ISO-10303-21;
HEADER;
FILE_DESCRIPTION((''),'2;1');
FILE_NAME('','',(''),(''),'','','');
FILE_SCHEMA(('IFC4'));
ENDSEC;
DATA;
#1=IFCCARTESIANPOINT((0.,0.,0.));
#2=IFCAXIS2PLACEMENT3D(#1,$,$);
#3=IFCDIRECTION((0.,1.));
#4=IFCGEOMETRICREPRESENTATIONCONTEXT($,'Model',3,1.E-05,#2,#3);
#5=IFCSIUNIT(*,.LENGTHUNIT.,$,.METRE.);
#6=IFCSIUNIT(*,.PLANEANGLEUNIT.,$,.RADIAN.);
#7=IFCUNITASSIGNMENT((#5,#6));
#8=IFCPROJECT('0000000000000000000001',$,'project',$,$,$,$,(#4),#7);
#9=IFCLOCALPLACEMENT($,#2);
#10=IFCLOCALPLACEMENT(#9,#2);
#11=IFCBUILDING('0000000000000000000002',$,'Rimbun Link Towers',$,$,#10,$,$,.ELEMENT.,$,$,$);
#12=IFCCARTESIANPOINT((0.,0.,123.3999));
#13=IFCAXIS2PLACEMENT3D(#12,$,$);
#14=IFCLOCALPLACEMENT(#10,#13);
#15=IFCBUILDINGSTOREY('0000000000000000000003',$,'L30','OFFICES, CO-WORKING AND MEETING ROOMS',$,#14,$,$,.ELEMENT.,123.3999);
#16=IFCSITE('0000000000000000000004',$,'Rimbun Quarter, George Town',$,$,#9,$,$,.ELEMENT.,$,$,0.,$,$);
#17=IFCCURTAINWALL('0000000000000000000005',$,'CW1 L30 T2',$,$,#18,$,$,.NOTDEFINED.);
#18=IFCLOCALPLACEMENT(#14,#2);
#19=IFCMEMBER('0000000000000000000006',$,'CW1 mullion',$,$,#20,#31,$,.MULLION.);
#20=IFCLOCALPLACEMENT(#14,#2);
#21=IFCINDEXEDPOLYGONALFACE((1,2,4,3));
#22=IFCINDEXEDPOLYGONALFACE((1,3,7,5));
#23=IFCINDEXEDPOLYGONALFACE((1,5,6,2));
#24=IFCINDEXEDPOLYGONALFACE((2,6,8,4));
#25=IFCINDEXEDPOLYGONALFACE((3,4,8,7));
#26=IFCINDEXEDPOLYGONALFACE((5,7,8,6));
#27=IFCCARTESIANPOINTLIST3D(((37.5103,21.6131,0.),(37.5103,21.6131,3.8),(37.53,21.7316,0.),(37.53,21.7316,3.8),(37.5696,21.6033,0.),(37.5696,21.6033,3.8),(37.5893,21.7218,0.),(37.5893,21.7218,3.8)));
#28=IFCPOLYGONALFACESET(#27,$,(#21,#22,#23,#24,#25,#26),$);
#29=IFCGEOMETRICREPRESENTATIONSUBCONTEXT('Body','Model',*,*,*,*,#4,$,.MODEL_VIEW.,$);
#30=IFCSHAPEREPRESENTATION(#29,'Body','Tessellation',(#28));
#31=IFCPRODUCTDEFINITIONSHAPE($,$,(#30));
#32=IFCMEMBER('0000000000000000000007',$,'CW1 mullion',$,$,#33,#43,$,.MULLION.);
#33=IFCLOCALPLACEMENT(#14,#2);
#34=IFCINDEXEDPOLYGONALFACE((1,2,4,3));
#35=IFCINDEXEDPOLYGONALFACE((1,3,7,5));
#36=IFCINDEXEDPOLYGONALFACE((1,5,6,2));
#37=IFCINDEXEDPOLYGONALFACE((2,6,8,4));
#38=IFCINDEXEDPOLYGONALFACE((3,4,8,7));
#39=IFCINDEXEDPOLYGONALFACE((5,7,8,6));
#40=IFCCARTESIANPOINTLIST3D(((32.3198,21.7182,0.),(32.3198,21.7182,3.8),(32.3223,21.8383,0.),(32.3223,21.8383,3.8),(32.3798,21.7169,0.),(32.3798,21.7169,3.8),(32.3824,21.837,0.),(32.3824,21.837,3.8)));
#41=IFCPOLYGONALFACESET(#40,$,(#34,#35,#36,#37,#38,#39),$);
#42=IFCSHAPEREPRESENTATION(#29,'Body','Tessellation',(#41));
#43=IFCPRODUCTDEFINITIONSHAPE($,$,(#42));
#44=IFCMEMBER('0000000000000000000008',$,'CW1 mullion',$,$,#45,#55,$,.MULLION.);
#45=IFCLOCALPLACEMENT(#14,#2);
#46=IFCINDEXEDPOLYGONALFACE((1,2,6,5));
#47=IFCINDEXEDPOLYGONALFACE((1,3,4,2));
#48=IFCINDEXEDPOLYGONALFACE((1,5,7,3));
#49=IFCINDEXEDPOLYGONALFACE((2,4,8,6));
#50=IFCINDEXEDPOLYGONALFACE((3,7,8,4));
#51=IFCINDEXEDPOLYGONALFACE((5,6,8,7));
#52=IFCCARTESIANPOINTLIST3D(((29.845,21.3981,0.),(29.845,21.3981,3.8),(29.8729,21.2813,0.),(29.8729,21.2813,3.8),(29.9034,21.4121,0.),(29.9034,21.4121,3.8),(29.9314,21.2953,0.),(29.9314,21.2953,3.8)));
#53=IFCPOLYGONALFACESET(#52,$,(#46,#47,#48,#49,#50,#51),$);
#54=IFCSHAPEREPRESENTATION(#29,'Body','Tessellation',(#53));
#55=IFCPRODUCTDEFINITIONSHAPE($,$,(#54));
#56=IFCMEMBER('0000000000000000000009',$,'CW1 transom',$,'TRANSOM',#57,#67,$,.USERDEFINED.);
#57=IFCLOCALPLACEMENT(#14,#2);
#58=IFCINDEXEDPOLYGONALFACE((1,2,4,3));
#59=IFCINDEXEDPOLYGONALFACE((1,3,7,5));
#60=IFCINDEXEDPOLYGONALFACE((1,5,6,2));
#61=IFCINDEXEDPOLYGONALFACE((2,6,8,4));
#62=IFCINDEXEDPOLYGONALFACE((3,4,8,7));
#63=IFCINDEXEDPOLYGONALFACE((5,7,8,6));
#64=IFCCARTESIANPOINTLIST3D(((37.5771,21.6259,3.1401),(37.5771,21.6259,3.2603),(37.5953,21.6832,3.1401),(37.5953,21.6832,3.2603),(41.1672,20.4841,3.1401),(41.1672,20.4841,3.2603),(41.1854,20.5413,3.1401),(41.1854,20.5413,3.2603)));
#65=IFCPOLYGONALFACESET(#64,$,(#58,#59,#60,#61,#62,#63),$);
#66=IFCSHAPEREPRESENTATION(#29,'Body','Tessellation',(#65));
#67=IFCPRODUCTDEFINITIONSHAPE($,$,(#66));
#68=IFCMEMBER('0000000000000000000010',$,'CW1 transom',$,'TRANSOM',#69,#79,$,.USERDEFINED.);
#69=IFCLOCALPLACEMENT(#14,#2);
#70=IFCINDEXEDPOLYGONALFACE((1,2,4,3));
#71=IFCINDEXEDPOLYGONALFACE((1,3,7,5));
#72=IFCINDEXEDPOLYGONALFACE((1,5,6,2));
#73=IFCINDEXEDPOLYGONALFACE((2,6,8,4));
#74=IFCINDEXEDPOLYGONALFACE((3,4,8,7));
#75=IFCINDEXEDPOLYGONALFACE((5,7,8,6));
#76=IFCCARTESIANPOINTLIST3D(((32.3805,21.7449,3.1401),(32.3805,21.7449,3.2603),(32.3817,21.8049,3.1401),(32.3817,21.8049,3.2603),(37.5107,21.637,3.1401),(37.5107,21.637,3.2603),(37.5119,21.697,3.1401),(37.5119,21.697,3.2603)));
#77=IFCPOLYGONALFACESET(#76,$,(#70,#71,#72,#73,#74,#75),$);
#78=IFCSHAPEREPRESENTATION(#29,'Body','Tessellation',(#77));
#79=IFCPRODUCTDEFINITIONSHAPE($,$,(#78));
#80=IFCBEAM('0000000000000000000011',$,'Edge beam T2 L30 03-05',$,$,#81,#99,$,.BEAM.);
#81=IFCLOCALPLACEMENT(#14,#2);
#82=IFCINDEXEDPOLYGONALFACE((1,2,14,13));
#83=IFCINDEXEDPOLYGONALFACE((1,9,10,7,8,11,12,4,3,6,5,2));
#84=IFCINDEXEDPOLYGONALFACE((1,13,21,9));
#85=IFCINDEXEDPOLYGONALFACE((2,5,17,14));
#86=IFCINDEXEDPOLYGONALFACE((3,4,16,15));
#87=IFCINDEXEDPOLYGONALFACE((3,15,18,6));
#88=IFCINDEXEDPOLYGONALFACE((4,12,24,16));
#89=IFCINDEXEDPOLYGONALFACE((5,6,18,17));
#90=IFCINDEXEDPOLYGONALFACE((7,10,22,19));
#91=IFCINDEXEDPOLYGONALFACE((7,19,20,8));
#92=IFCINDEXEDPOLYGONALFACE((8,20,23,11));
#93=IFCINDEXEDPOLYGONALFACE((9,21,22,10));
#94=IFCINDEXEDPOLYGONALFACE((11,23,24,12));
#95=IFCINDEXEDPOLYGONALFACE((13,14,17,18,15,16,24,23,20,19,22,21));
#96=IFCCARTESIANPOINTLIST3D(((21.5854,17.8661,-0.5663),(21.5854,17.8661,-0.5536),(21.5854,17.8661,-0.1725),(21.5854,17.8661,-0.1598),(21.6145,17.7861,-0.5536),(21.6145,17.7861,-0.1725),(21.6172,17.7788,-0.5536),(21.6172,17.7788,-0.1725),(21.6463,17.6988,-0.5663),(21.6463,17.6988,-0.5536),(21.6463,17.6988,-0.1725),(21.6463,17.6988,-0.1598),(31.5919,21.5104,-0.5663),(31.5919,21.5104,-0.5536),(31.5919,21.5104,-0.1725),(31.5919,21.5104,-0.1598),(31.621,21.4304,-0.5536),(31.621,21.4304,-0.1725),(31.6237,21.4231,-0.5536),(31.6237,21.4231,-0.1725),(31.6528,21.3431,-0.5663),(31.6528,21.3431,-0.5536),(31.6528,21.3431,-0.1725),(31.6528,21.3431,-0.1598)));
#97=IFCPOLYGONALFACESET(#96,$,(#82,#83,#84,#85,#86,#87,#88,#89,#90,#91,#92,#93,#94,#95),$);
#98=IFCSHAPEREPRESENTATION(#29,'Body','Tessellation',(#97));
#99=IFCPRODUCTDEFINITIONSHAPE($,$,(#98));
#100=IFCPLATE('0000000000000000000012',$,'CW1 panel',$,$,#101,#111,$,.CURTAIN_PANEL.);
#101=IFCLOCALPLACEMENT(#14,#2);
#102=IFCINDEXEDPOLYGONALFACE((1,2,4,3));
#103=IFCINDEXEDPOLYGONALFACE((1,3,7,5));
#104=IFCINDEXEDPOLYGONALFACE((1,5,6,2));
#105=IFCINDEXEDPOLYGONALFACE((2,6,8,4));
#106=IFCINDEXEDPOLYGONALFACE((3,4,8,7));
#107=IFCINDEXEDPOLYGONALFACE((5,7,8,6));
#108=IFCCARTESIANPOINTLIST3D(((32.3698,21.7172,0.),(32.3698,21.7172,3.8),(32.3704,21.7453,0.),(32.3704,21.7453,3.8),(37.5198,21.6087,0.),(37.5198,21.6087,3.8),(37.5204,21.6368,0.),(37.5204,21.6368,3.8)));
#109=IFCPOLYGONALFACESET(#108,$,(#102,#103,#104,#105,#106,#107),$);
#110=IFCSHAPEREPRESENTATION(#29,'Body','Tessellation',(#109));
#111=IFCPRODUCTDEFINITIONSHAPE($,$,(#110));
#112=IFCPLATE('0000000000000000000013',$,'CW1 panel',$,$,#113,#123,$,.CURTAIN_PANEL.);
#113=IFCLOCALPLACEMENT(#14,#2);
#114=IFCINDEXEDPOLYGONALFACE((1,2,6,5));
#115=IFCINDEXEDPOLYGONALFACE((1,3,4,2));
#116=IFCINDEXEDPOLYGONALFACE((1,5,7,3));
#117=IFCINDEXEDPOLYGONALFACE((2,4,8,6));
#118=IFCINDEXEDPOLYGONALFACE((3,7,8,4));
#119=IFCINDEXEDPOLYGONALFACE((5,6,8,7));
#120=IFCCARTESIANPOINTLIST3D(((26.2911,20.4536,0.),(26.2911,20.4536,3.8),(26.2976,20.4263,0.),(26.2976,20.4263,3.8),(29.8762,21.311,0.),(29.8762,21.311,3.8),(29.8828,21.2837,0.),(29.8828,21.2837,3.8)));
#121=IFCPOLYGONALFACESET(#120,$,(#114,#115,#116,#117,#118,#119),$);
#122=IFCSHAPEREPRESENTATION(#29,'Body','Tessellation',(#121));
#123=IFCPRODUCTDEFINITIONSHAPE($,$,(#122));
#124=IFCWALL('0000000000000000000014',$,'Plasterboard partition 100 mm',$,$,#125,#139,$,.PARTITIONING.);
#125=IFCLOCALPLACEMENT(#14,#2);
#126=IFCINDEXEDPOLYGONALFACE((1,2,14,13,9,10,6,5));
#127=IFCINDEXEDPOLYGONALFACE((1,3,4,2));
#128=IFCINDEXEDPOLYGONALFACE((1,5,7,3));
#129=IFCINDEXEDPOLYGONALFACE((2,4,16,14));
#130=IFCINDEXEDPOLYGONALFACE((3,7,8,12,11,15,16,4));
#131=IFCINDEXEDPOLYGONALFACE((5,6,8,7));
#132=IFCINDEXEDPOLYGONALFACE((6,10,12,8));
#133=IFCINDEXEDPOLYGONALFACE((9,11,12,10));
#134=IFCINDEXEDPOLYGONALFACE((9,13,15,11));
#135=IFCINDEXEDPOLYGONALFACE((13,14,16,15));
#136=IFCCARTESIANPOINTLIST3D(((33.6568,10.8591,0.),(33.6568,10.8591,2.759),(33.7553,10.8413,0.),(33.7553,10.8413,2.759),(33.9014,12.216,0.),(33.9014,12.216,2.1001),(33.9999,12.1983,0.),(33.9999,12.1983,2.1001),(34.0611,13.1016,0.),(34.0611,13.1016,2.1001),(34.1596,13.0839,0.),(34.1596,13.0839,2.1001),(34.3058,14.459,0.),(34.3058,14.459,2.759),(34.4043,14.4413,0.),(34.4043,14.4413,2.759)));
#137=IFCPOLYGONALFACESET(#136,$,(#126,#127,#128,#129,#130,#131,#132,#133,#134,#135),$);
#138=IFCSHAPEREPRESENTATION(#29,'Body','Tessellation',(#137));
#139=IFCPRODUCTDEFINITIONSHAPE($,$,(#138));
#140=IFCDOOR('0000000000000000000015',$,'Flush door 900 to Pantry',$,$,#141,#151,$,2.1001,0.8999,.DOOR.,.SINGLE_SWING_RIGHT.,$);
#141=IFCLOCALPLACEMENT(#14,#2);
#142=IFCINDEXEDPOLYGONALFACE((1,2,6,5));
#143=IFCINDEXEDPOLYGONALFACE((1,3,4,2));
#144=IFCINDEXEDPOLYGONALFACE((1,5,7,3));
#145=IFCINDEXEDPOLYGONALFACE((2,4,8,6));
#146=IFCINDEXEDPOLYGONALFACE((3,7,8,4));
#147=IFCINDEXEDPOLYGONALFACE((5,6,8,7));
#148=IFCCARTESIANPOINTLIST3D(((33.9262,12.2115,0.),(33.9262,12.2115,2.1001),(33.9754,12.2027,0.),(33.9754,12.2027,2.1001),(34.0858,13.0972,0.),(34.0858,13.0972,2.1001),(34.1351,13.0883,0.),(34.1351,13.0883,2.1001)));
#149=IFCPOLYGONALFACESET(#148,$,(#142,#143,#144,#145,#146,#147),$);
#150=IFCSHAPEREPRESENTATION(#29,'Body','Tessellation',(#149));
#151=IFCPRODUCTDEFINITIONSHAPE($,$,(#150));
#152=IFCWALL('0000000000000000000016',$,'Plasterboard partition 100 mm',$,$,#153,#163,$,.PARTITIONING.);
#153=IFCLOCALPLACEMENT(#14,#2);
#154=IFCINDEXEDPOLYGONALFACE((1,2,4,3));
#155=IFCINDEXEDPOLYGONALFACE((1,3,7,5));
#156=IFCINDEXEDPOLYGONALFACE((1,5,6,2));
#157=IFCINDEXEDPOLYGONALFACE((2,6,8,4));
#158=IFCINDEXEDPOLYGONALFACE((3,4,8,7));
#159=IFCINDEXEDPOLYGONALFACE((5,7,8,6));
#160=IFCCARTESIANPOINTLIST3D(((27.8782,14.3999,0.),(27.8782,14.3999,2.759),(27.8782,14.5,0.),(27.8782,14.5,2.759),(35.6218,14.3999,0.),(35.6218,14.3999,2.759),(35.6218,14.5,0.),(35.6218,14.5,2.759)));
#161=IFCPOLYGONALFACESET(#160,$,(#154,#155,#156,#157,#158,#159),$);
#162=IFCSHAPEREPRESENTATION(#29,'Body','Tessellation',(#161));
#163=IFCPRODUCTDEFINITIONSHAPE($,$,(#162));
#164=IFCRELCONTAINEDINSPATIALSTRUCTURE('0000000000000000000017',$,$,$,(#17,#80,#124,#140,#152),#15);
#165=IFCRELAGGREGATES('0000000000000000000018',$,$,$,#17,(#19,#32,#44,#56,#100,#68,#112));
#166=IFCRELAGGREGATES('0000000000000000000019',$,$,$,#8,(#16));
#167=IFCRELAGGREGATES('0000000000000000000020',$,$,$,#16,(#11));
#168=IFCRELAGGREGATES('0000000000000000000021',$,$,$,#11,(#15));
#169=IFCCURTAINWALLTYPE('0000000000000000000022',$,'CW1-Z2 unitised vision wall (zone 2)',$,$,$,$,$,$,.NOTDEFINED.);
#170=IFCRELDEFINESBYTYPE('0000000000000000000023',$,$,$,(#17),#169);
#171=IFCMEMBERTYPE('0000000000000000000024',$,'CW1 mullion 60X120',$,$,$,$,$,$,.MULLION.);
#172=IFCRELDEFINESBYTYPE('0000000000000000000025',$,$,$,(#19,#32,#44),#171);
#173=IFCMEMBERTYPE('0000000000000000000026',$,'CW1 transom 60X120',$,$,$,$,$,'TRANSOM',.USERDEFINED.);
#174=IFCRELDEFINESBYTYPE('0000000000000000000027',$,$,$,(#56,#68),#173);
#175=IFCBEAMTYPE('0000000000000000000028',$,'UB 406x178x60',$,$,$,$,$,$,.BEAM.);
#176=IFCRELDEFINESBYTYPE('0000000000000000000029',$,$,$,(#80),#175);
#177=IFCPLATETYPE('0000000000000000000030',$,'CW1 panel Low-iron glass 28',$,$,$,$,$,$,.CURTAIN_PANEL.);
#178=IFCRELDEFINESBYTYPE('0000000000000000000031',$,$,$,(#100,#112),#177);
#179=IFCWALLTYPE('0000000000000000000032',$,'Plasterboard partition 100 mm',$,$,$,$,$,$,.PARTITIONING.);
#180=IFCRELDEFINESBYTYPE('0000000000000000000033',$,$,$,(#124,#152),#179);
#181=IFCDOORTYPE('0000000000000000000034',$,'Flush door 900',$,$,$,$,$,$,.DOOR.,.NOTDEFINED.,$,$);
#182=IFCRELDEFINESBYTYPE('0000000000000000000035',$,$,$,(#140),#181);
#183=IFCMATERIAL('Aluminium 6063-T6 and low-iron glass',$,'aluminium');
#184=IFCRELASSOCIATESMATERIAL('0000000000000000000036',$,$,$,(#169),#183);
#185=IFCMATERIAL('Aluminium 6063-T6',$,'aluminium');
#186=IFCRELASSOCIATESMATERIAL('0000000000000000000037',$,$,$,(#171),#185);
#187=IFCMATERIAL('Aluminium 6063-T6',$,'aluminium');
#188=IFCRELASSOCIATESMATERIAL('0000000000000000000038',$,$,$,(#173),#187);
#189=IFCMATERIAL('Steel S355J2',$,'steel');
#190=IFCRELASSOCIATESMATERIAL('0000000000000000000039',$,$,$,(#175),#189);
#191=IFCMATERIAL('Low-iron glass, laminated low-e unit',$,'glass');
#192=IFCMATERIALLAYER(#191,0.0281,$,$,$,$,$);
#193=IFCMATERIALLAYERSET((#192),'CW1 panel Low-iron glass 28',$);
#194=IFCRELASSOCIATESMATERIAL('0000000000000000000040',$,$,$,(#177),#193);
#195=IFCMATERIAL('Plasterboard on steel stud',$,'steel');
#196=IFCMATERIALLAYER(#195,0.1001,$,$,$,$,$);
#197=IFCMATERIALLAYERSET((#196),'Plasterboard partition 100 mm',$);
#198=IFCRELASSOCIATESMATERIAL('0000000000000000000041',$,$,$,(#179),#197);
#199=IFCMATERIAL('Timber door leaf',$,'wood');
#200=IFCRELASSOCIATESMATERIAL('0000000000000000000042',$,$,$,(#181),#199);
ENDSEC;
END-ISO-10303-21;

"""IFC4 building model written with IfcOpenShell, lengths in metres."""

from ifc_helpers import new_model, si_unit, direction, frame, frame_2d, origin, origin_2d, place, context, subcontext, project, spatial, rectangle, i_section, extrude, material, layer, layer_set, material_profile, profile_set, type_object, element, fill, aggregate, save


model = new_model("IFC4")

# Units and contexts
model_context = context("Model", 3, precision=1e-05, world=origin(), true_north=direction((0.0, 1.0)))
body_context = subcontext(model_context, "Body", "Model", "MODEL_VIEW")
ifc_project = project(units=[si_unit("LENGTHUNIT", "METRE"), si_unit("PLANEANGLEUNIT", "RADIAN")], contexts=[model_context])

# Site, building, storey
site_placement = place(None, origin())
site = spatial("IfcSite", under=ifc_project, at=site_placement, Name="Rimbun Quarter, George Town", CompositionType="ELEMENT", RefElevation=0.0)
building_placement = place(site_placement, origin())
building = spatial("IfcBuilding", under=site, at=building_placement, Name="Rimbun Link Towers", CompositionType="ELEMENT")
storey_placement = place(building_placement, frame((0.0, 0.0, 123.3999)))
storey = spatial("IfcBuildingStorey", under=building, at=storey_placement, Name="L30", Description="OFFICES, CO-WORKING AND MEETING ROOMS", CompositionType="ELEMENT", Elevation=123.3999)

# Curtain wall, members
ifc_material_1 = material(Name="Aluminium 6063-T6 and low-iron glass", Category="aluminium")
curtain_wall_type = type_object("IfcCurtainWallType", Name="CW1-Z2 unitised vision wall (zone 2)", PredefinedType="NOTDEFINED", material=ifc_material_1)
curtain_wall_placement = place(storey_placement, origin())
curtain_wall = element("IfcCurtainWall", 1, at=curtain_wall_placement, inside=storey, type_object=curtain_wall_type, Name="CW1 L30 T2", PredefinedType="NOTDEFINED")
ifc_material_2 = material(Name="Aluminium 6063-T6", Category="aluminium")
ifc_material_profile_1 = material_profile(ifc_material_2, rectangle(XDim=0.1201, YDim=0.0601, at=origin_2d()), Name="MULLION 60X120")
ifc_profile_set_1 = profile_set([ifc_material_profile_1], Name="Aluminium 6063-T6")
member_type_1 = type_object("IfcMemberType", Name="CW1 mullion 60X120", PredefinedType="MULLION", material=ifc_profile_set_1)
member_1_placement = place(storey_placement, frame((37.5498, 21.6675, 0.0), z_axis=(0.0, 0.0, 1.0), x_axis=(0.163751, 0.986502, 0.0)))
member_1 = element("IfcMember", 2, at=member_1_placement, type_object=member_type_1, Name="CW1 mullion", PredefinedType="MULLION", context=body_context, shape_type="SweptSolid", body=[
    extrude(rectangle(XDim=0.1201, YDim=0.0601, at=origin_2d()), origin(), (0.0, 0.0, 1.0), 3.8),
])
member_2_placement = place(storey_placement, frame((32.3511, 21.7776, 0.0), z_axis=(0.0, 0.0, 1.0), x_axis=(0.021066, 0.999778, 0.0)))
member_2 = element("IfcMember", 3, at=member_2_placement, type_object=member_type_1, Name="CW1 mullion", PredefinedType="MULLION", context=body_context, shape_type="SweptSolid", body=[
    extrude(rectangle(XDim=0.1201, YDim=0.0601, at=origin_2d()), origin(), (0.0, 0.0, 1.0), 3.8),
])
member_3_placement = place(storey_placement, frame((29.8882, 21.3467, 0.0), z_axis=(0.0, 0.0, 1.0), x_axis=(-0.232603, 0.972572, 0.0)))
member_3 = element("IfcMember", 4, at=member_3_placement, type_object=member_type_1, Name="CW1 mullion", PredefinedType="MULLION", context=body_context, shape_type="SweptSolid", body=[
    extrude(rectangle(XDim=0.1201, YDim=0.0601, at=origin_2d()), origin(), (0.0, 0.0, 1.0), 3.8),
])
ifc_material_3 = material(Name="Aluminium 6063-T6", Category="aluminium")
ifc_material_profile_2 = material_profile(ifc_material_3, rectangle(XDim=0.0601, YDim=0.1201, at=origin_2d()), Name="TRANSOM 60X120")
ifc_profile_set_2 = profile_set([ifc_material_profile_2], Name="Aluminium 6063-T6")
member_type_2 = type_object("IfcMemberType", Name="CW1 transom 60X120", ElementType="TRANSOM", PredefinedType="USERDEFINED", material=ifc_profile_set_2)
member_4_placement = place(storey_placement, frame((37.5862, 21.6545, 3.2002), z_axis=(0.952961, -0.303094, 0.0), x_axis=(0.303094, 0.952961, 0.0)))
member_4 = element("IfcMember", 5, at=member_4_placement, type_object=member_type_2, Name="CW1 transom", ObjectType="TRANSOM", PredefinedType="USERDEFINED", context=body_context, shape_type="SweptSolid", body=[
    extrude(rectangle(XDim=0.0601, YDim=0.1201, at=origin_2d()), origin(), (0.0, 0.0, 1.0), 3.7673),
])
member_5_placement = place(storey_placement, frame((32.3811, 21.7749, 3.2002), z_axis=(0.999779, -0.02103, 0.0), x_axis=(0.02103, 0.999779, 0.0)))
member_5 = element("IfcMember", 6, at=member_5_placement, type_object=member_type_2, Name="CW1 transom", ObjectType="TRANSOM", PredefinedType="USERDEFINED", context=body_context, shape_type="SweptSolid", body=[
    extrude(rectangle(XDim=0.0601, YDim=0.1201, at=origin_2d()), origin(), (0.0, 0.0, 1.0), 5.1313),
])

# Beam
ifc_material_4 = material(Name="Steel S355J2", Category="steel")
ifc_material_profile_3 = material_profile(ifc_material_4, i_section(OverallWidth=0.178, OverallDepth=0.4065, WebThickness=0.0078, FlangeThickness=0.0127, at=origin_2d()), Name="UB 406x178x60")
ifc_profile_set_3 = profile_set([ifc_material_profile_3], Name="Steel S355J2")
beam_type = type_object("IfcBeamType", Name="UB 406x178x60", PredefinedType="BEAM", material=ifc_profile_set_3)
beam_placement = place(storey_placement, frame((31.6223, 21.4268, -0.363), z_axis=(-0.939624, -0.342209, 0.0), x_axis=(0.342209, -0.939624, 0.0)))
element("IfcBeam", 7, at=beam_placement, inside=storey, type_object=beam_type, Name="Edge beam T2 L30 03-05", PredefinedType="BEAM", context=body_context, shape_type="SweptSolid", body=[
    extrude(i_section(OverallWidth=0.178, OverallDepth=0.4065, WebThickness=0.0078, FlangeThickness=0.0127, at=origin_2d()), origin(), (0.0, 0.0, 1.0), 10.6494),
])

# Plates
ifc_material_5 = material(Name="Low-iron glass, laminated low-e unit", Category="glass")
ifc_layer_1 = layer(ifc_material_5, 0.0281)
ifc_layer_set_1 = layer_set([ifc_layer_1], Name="CW1 panel Low-iron glass 28")
plate_type = type_object("IfcPlateType", Name="CW1 panel Low-iron glass 28", PredefinedType="CURTAIN_PANEL", material=ifc_layer_set_1)
plate_1_placement = place(storey_placement, frame((34.9451, 21.677, 0.0), z_axis=(0.0, 0.0, 1.0), x_axis=(0.999778, -0.021066, 0.0)))
plate_1 = element("IfcPlate", 8, at=plate_1_placement, type_object=plate_type, Name="CW1 panel", PredefinedType="CURTAIN_PANEL", context=body_context, shape_type="SweptSolid", body=[
    extrude(rectangle(XDim=5.1511, YDim=0.0281, at=origin_2d()), origin(), (0.0, 0.0, 1.0), 3.8),
])
plate_2_placement = place(storey_placement, frame((28.0869, 20.8687, 0.0), z_axis=(0.0, 0.0, 1.0), x_axis=(0.972572, 0.232603, 0.0)))
plate_2 = element("IfcPlate", 9, at=plate_2_placement, type_object=plate_type, Name="CW1 panel", PredefinedType="CURTAIN_PANEL", context=body_context, shape_type="SweptSolid", body=[
    extrude(rectangle(XDim=3.6863, YDim=0.0281, at=origin_2d()), origin(), (0.0, 0.0, 1.0), 3.8),
])
aggregate(curtain_wall, [member_1, member_2, member_3, member_4, plate_1, member_5, plate_2])

# Wall, opening, door
ifc_material_6 = material(Name="Plasterboard on steel stud", Category="steel")
ifc_layer_2 = layer(ifc_material_6, 0.1001)
ifc_layer_set_2 = layer_set([ifc_layer_2], Name="Plasterboard partition 100 mm")
wall_type_1 = type_object("IfcWallType", Name="Plasterboard partition 100 mm", PredefinedType="PARTITIONING", material=ifc_layer_set_2)
wall_1_placement = place(storey_placement, frame((33.7061, 10.8501, 0.0), z_axis=(0.0, 0.0, 1.0), x_axis=(0.177405, 0.984138, 0.0)))
wall_1 = element("IfcWall", 10, at=wall_1_placement, inside=storey, type_object=wall_type_1, Name="Plasterboard partition 100 mm", PredefinedType="PARTITIONING", context=body_context, shape_type="SweptSolid", body=[
    extrude(rectangle(XDim=3.658, YDim=0.1001, at=frame_2d((1.8291, 0.0))), origin(), (0.0, 0.0, 1.0), 2.759),
])
opening_1_placement = place(wall_1_placement, frame((1.3789, 0.0, 0.0)))
opening_1 = element("IfcOpeningElement", 11, at=opening_1_placement, cuts=wall_1, PredefinedType="OPENING", context=body_context, shape_type="SweptSolid", body=[
    extrude(rectangle(XDim=0.8999, YDim=2.1001, at=frame_2d((0.45, 1.05))), frame((0.0, 0.0601, 0.0), z_axis=(0.0, -1.0, 0.0), x_axis=(1.0, 0.0, 0.0)), (0.0, 0.0, 1.0), 0.1201),
])
ifc_material_7 = material(Name="Timber door leaf", Category="wood")
door_type = type_object("IfcDoorType", Name="Flush door 900", OperationType="NOTDEFINED", PredefinedType="DOOR", material=ifc_material_7)
door_1_placement = place(opening_1_placement, origin())
door_1 = element("IfcDoor", 12, at=door_1_placement, inside=storey, type_object=door_type, Name="Flush door 900 to Pantry", OperationType="SINGLE_SWING_RIGHT", OverallHeight=2.1001, OverallWidth=0.8999, PredefinedType="DOOR", context=body_context, shape_type="SweptSolid", body=[
    extrude(rectangle(XDim=0.8999, YDim=2.1001, at=frame_2d((0.45, 1.05))), frame((0.0, 0.0249, 0.0), z_axis=(0.0, -1.0, 0.0), x_axis=(1.0, 0.0, 0.0)), (0.0, 0.0, 1.0), 0.05),
])
fill(opening_1, door_1)

# Wall
wall_2_placement = place(storey_placement, frame((35.6218, 14.45, 0.0), z_axis=(0.0, 0.0, 1.0), x_axis=(-1.0, 0.0, 0.0)))
element("IfcWall", 13, at=wall_2_placement, inside=storey, type_object=wall_type_1, Name="Plasterboard partition 100 mm", PredefinedType="PARTITIONING", context=body_context, shape_type="SweptSolid", body=[
    extrude(rectangle(XDim=7.7437, YDim=0.1001, at=frame_2d((3.8718, 0.0))), origin(), (0.0, 0.0, 1.0), 2.759),
])

save(model, "model.ifc")
